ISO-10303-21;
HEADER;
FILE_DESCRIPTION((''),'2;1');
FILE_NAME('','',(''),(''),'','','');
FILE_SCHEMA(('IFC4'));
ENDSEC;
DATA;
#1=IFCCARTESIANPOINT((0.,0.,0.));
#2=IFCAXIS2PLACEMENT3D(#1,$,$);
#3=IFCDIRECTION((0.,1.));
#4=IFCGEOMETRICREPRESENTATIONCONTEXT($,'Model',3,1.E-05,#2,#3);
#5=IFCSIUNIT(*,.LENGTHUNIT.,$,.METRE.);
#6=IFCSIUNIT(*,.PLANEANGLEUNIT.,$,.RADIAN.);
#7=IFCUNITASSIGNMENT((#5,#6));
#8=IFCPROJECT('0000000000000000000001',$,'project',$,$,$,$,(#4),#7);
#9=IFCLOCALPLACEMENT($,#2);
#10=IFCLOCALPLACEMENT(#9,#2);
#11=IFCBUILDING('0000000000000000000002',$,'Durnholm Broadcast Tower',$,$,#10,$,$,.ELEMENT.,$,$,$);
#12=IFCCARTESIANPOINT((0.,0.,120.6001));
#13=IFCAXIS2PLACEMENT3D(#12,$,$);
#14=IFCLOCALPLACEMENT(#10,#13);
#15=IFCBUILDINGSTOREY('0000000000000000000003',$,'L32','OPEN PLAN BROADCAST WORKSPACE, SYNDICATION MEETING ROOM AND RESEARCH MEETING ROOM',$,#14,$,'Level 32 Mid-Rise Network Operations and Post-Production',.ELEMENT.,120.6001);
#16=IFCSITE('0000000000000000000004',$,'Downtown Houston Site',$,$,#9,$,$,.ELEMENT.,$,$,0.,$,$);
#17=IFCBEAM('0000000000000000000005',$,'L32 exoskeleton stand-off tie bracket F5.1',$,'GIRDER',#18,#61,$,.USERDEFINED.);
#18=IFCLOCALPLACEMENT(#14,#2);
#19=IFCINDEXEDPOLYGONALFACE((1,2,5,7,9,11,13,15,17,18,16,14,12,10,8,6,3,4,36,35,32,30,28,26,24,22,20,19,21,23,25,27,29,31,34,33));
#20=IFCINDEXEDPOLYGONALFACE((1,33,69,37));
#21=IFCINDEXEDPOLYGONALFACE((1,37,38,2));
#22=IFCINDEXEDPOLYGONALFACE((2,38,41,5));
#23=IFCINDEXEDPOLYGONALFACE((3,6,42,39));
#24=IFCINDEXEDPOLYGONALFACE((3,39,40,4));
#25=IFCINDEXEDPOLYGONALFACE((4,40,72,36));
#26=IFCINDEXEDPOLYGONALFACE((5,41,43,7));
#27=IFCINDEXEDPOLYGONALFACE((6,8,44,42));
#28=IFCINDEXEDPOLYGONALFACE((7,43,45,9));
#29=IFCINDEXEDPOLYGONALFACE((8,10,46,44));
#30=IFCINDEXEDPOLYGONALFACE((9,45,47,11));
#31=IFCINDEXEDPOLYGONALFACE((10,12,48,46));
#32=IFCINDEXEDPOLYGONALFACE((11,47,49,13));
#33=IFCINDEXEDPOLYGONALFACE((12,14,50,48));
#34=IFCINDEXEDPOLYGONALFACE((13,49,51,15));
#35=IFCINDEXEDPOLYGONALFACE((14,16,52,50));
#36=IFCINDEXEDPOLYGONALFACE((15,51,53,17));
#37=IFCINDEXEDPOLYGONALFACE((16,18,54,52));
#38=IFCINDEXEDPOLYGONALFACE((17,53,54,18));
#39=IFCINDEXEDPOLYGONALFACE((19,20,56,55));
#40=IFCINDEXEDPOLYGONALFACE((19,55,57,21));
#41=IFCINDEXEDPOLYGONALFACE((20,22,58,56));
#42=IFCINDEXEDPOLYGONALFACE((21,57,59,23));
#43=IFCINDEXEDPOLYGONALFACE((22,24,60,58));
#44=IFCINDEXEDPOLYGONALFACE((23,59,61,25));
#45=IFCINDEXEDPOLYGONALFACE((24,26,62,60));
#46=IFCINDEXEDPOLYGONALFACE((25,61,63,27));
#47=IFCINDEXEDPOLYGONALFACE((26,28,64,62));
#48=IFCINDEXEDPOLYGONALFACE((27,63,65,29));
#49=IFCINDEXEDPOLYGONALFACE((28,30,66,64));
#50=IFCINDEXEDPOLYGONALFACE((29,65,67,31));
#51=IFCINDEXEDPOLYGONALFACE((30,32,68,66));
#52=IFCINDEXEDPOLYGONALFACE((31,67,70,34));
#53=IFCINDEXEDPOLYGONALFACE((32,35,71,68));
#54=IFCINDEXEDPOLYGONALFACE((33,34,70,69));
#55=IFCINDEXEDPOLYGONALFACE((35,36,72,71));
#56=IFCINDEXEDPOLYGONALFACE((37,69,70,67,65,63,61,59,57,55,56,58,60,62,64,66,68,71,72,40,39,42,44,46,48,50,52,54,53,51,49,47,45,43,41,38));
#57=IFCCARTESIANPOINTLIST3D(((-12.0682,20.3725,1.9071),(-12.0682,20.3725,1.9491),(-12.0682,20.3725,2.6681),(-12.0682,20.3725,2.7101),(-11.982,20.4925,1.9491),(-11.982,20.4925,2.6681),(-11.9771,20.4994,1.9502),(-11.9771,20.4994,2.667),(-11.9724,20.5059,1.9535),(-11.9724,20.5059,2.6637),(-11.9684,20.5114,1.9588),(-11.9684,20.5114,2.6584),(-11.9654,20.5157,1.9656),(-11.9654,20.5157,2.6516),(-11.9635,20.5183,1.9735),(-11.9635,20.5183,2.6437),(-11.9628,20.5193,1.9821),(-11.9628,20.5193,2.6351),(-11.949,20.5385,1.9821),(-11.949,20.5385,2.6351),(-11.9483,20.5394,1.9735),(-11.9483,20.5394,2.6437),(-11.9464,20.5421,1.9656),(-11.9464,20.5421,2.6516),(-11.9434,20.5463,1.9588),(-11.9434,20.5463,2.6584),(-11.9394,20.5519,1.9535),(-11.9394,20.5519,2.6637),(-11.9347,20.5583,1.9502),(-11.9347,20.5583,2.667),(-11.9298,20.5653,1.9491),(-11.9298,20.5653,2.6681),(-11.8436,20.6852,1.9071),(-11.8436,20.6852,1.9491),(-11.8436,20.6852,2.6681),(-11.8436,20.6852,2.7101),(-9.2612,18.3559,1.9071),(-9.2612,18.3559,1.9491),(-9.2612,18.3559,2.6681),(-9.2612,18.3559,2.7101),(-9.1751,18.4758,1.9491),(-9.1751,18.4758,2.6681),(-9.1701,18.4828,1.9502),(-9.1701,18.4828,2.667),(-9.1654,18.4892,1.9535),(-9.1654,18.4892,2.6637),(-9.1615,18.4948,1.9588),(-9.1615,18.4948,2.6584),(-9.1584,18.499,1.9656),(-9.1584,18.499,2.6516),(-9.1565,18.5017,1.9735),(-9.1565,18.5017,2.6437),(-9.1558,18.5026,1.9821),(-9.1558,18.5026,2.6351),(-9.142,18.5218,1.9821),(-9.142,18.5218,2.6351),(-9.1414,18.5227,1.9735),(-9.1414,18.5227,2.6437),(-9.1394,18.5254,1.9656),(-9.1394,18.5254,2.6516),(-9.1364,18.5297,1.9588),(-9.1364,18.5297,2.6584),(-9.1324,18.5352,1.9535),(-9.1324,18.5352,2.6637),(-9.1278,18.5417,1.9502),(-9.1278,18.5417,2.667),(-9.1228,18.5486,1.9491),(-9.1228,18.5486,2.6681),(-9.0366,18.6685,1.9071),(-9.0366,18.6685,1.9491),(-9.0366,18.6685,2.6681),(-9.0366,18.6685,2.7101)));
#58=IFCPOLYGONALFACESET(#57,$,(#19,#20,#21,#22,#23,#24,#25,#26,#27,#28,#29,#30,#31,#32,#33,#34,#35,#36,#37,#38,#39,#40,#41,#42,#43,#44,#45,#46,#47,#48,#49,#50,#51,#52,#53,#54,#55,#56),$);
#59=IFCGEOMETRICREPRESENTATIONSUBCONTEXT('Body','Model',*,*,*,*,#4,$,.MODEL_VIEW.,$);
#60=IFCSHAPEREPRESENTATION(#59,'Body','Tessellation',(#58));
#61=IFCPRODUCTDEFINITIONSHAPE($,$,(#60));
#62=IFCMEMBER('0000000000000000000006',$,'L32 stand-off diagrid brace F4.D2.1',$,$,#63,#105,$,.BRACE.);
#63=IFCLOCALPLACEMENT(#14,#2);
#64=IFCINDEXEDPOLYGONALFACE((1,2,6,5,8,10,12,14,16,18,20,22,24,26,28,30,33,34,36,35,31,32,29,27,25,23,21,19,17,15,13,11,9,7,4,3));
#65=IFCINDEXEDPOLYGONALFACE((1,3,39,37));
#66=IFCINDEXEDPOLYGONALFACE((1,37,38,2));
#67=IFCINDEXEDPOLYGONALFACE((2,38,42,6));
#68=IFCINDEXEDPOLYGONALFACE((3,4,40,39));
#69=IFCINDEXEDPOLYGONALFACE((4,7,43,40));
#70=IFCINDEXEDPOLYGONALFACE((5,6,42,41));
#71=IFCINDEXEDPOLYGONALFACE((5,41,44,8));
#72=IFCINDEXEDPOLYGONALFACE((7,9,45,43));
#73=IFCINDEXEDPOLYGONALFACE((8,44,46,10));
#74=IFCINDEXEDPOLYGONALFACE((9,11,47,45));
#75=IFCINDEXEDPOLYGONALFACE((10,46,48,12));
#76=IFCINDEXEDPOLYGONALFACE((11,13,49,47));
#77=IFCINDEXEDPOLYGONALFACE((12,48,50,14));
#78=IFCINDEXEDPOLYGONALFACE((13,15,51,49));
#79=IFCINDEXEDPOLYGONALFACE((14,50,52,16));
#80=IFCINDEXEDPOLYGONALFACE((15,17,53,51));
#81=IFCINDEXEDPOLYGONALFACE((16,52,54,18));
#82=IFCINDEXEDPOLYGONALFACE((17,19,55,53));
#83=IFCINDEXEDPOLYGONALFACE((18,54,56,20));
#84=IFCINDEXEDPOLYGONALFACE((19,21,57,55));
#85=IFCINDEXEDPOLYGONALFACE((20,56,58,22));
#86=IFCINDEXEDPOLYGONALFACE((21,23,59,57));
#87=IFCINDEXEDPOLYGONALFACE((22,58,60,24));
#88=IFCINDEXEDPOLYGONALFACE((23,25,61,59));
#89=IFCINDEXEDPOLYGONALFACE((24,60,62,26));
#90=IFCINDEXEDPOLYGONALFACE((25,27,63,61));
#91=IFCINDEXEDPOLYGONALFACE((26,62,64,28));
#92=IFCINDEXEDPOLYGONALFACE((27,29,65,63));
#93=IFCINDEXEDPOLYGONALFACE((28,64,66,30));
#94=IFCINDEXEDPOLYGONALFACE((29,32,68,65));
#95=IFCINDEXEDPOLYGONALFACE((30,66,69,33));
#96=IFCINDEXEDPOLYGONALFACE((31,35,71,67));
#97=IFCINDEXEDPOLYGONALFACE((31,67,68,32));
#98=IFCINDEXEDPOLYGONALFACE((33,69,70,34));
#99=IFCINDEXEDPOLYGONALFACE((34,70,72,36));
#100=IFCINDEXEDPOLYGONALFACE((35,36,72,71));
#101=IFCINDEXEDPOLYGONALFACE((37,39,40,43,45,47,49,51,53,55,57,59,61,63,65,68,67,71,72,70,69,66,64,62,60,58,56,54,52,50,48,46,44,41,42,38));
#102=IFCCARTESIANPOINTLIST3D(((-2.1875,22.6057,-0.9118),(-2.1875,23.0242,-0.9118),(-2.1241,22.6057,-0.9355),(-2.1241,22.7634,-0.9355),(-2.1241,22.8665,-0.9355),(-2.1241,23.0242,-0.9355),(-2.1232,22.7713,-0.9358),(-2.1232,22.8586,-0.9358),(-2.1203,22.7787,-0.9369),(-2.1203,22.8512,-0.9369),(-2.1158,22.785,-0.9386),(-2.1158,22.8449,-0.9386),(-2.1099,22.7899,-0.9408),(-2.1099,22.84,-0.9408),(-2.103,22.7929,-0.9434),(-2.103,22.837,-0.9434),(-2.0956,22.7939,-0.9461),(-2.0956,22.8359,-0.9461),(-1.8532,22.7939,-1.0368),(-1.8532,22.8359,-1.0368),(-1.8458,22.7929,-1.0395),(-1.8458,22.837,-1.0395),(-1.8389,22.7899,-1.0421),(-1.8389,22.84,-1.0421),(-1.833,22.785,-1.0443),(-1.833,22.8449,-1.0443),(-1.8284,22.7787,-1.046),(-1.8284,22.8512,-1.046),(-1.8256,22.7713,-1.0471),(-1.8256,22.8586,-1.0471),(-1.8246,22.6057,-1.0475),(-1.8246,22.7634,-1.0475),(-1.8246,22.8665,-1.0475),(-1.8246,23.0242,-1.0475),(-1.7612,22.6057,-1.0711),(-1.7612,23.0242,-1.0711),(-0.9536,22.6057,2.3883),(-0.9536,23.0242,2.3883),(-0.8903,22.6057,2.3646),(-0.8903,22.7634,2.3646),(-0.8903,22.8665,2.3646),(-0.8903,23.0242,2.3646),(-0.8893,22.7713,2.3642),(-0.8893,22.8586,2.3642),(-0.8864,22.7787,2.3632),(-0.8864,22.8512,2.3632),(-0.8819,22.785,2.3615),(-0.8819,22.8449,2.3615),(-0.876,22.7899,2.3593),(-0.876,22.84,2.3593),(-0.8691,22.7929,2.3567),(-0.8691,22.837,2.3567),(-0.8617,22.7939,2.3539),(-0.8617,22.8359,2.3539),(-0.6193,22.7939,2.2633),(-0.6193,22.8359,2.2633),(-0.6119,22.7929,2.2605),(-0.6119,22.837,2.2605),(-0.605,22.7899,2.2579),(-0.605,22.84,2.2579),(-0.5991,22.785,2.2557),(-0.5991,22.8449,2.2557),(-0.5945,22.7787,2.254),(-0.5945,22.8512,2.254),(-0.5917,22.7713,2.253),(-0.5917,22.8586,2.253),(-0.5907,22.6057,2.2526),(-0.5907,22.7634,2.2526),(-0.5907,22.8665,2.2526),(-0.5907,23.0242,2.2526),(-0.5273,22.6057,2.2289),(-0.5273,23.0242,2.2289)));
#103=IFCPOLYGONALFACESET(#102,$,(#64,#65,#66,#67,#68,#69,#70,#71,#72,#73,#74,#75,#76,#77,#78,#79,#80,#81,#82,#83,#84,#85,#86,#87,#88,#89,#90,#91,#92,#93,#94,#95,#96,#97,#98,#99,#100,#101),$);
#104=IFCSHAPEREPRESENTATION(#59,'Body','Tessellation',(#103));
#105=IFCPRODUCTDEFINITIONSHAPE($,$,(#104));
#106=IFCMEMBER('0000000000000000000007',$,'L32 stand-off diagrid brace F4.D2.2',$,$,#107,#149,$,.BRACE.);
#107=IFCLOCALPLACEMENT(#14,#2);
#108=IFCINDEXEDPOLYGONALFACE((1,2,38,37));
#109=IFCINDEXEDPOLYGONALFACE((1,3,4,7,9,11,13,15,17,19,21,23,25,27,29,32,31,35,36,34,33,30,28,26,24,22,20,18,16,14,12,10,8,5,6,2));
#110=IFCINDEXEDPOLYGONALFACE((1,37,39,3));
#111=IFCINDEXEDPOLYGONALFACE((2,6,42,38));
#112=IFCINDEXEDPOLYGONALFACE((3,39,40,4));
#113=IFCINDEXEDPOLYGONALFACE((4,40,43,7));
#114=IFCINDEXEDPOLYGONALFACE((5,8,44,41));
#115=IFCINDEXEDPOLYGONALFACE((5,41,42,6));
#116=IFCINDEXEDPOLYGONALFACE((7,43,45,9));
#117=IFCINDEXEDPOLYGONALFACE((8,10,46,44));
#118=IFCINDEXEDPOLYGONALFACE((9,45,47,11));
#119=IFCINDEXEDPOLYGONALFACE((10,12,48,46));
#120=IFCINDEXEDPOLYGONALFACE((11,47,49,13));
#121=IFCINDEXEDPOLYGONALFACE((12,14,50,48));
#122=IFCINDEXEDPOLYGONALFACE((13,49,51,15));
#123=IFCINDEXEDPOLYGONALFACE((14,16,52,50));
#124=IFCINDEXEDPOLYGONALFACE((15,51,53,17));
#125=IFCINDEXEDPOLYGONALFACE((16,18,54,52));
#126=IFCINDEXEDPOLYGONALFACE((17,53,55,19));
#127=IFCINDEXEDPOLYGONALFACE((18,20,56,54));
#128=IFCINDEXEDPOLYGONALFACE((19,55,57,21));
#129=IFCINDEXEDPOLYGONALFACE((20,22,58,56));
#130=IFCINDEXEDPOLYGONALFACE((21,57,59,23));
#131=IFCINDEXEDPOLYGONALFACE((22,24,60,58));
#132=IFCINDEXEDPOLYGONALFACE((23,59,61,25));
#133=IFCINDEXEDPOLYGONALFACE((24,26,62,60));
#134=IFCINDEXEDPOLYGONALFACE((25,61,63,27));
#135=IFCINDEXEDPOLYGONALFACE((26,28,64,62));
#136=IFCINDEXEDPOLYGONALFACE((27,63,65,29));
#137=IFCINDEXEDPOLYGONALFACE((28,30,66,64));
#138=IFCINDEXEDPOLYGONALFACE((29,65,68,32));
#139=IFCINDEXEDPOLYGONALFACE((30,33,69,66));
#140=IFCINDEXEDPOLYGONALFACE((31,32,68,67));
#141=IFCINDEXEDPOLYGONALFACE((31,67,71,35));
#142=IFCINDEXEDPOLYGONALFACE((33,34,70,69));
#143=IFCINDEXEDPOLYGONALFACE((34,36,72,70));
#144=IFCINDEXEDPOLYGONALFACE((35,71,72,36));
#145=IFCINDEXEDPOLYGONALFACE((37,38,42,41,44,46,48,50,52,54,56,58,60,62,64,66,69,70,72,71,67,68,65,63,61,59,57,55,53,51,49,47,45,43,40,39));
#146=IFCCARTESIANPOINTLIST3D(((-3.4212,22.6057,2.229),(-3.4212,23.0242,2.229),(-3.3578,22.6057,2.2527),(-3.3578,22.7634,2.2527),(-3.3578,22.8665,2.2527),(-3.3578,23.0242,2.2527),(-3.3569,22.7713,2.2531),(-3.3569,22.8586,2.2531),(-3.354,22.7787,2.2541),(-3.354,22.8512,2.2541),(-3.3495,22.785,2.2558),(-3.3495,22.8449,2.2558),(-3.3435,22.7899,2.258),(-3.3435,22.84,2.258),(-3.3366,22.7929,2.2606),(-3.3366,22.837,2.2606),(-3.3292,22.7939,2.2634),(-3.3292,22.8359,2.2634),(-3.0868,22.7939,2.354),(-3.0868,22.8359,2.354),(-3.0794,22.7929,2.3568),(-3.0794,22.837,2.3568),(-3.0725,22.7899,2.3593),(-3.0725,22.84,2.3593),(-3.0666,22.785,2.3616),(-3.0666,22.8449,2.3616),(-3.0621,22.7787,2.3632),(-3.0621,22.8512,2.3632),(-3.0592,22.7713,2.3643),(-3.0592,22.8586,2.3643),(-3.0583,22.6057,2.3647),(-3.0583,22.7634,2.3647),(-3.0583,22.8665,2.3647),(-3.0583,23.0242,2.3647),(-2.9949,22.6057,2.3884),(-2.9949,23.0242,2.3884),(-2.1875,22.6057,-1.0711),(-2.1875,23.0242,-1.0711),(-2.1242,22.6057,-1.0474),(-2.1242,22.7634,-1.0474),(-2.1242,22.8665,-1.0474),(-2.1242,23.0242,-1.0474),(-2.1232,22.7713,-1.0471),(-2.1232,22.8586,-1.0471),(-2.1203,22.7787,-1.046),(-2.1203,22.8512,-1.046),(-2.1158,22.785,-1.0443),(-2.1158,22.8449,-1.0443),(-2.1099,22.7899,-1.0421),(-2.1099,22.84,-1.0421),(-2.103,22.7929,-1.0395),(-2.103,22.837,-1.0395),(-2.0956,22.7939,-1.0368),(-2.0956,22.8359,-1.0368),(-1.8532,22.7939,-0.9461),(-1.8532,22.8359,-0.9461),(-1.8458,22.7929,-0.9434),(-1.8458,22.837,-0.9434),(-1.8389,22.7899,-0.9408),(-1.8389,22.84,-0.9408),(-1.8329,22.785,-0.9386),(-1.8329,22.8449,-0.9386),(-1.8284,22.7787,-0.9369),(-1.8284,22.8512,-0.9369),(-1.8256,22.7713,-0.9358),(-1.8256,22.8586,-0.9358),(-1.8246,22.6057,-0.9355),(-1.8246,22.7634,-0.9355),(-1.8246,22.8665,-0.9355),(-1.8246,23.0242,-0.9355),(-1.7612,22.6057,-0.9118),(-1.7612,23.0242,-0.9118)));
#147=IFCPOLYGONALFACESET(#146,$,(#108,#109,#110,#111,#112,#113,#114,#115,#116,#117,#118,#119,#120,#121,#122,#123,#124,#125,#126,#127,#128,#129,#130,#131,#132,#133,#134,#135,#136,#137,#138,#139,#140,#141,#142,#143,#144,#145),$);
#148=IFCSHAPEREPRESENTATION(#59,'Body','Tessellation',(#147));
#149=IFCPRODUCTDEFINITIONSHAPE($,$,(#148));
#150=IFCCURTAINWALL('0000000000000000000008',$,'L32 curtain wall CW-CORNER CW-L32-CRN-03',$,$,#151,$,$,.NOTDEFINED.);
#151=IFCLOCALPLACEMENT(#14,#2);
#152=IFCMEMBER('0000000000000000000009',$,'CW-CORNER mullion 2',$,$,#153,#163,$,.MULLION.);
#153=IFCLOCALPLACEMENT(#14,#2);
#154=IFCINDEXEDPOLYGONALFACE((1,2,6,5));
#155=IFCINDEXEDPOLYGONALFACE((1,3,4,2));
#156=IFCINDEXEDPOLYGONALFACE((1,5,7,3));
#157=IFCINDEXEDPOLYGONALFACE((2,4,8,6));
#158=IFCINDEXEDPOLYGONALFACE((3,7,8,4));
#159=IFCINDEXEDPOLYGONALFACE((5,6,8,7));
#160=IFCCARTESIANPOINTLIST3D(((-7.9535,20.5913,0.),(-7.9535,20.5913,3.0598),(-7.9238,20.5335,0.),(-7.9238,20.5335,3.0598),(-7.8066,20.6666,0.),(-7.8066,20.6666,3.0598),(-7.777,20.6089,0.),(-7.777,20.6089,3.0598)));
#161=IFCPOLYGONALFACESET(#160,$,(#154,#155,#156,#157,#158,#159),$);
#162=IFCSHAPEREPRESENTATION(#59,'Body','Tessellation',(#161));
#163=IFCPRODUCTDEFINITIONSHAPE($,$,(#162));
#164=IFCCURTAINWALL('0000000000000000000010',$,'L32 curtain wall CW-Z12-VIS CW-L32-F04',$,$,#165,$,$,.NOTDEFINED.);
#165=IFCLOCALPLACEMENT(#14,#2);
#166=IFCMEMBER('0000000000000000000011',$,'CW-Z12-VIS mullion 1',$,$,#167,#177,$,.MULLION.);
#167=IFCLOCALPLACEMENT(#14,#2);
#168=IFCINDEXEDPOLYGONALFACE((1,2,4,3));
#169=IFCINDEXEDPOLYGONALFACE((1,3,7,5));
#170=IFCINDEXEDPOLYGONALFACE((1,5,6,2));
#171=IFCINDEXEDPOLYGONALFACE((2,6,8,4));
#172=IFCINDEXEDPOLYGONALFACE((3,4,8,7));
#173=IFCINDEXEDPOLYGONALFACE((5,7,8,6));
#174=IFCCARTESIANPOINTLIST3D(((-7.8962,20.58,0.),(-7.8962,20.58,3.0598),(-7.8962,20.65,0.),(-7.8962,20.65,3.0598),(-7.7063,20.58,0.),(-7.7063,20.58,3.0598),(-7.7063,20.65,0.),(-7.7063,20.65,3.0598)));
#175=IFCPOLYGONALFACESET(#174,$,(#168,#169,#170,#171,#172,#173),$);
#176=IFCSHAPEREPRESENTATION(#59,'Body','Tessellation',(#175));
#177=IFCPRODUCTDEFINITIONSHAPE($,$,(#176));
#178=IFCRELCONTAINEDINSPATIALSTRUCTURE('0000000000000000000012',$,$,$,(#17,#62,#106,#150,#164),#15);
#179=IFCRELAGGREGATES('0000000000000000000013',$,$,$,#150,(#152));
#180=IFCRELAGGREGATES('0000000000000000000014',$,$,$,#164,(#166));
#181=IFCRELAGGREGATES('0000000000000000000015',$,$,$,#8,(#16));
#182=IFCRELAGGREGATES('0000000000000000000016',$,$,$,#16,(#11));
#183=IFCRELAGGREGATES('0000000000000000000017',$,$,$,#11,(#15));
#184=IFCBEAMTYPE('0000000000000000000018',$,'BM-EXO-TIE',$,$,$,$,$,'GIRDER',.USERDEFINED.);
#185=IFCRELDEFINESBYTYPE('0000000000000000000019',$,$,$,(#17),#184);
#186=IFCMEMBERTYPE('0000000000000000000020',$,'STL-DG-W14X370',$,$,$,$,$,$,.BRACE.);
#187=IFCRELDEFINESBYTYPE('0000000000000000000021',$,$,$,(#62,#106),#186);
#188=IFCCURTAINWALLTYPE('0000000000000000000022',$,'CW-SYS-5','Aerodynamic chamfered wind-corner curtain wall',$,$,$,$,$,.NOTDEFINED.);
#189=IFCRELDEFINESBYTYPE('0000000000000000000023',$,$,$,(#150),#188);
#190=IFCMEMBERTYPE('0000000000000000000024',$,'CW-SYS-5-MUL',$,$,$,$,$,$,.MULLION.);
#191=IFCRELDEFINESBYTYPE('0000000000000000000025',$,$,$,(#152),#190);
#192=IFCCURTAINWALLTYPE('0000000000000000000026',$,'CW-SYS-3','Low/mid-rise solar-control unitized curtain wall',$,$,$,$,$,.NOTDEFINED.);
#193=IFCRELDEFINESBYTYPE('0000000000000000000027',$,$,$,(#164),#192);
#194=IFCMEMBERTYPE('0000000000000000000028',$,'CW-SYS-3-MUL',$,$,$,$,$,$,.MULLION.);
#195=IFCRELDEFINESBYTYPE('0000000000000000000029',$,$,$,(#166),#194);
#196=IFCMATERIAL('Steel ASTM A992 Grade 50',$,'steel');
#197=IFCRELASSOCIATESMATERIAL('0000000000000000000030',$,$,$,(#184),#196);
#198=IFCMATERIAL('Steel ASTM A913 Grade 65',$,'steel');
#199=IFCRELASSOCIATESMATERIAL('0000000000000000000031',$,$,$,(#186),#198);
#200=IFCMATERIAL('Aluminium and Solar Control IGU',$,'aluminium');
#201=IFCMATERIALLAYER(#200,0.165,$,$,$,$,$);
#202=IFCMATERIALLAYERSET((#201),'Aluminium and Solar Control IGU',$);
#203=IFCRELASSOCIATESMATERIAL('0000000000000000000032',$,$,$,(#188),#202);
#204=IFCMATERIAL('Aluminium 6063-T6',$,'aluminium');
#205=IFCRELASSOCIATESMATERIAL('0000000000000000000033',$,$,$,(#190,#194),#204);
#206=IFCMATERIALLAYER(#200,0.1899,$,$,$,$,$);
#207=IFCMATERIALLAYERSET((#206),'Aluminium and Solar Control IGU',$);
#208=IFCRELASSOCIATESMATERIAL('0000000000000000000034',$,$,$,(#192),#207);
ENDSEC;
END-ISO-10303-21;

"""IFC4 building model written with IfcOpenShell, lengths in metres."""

from ifc_helpers import new_model, si_unit, direction, frame, origin, origin_2d, place, context, subcontext, project, spatial, rectangle, i_section, extrude, source, transform, mapped, material, layer, layer_set, material_profile, profile_set, type_object, type_shapes, element, aggregate, save


model = new_model("IFC4")

# Units and contexts
model_context = context("Model", 3, precision=1e-05, world=origin(), true_north=direction((0.0, 1.0)))
body_context = subcontext(model_context, "Body", "Model", "MODEL_VIEW")
ifc_project = project(units=[si_unit("LENGTHUNIT", "METRE"), si_unit("PLANEANGLEUNIT", "RADIAN")], contexts=[model_context])

# Site, building, storey
site_placement = place(None, origin())
site = spatial("IfcSite", under=ifc_project, at=site_placement, Name="Downtown Houston Site", CompositionType="ELEMENT", RefElevation=0.0)
building_placement = place(site_placement, origin())
building = spatial("IfcBuilding", under=site, at=building_placement, Name="Durnholm Broadcast Tower", CompositionType="ELEMENT")
storey_placement = place(building_placement, frame((0.0, 0.0, 120.6001)))
storey = spatial("IfcBuildingStorey", under=building, at=storey_placement, Name="L32", Description="OPEN PLAN BROADCAST WORKSPACE, SYNDICATION MEETING ROOM AND RESEARCH MEETING ROOM", LongName="Level 32 Mid-Rise Network Operations and Post-Production", CompositionType="ELEMENT", Elevation=120.6001)

# Beam
ifc_material_1 = material(Name="Steel ASTM A992 Grade 50", Category="steel")
ifc_material_profile_1 = material_profile(ifc_material_1, i_section(OverallWidth=0.385, OverallDepth=0.803, WebThickness=0.0237, FlangeThickness=0.042, FilletRadius=0.033, at=origin_2d()), Name="W30X261")
ifc_profile_set_1 = profile_set([ifc_material_profile_1], Name="Steel ASTM A992 Grade 50")
beam_type_1 = type_object("IfcBeamType", Name="BM-EXO-TIE", ElementType="GIRDER", PredefinedType="USERDEFINED", material=ifc_profile_set_1)
shared_shape_1 = source(origin(), body_context, "Body", "SweptSolid", [
    extrude(i_section(OverallWidth=0.385, OverallDepth=0.803, WebThickness=0.0237, FlangeThickness=0.042, FilletRadius=0.033, at=origin_2d()), origin(), (0.0, 0.0, 1.0), 3.4563),
])
beam_1_placement = place(storey_placement, frame((-9.1489, 18.5122, 2.3086), z_axis=(-0.812131, 0.583474, 0.0), x_axis=(-0.583474, -0.812131, 0.0)))
element("IfcBeam", 1, at=beam_1_placement, inside=storey, type_object=beam_type_1, Name="L32 exoskeleton stand-off tie bracket F5.1", ObjectType="GIRDER", PredefinedType="USERDEFINED", context=body_context, shape_type="MappedRepresentation", body=[
    mapped(shared_shape_1, transform((0.0, 0.0, 0.0), x_axis=(1.0, 0.0, 0.0), y_axis=(0.0, 1.0, 0.0), z_axis=(0.0, 0.0, 1.0), scale=1.0)),
])

# Members
ifc_material_2 = material(Name="Steel ASTM A913 Grade 65", Category="steel")
ifc_material_profile_2 = material_profile(ifc_material_2, i_section(OverallWidth=0.4185, OverallDepth=0.4551, WebThickness=0.042, FlangeThickness=0.0676, FilletRadius=0.0305, at=origin_2d()), Name="W14X370")
ifc_profile_set_2 = profile_set([ifc_material_profile_2], Name="Steel ASTM A913 Grade 65")
member_type_1 = type_object("IfcMemberType", Name="STL-DG-W14X370", PredefinedType="BRACE", material=ifc_profile_set_2)
shared_shape_2 = source(origin(), body_context, "Body", "SweptSolid", [
    extrude(i_section(OverallWidth=0.4185, OverallDepth=0.4551, WebThickness=0.042, FlangeThickness=0.0676, FilletRadius=0.0305, at=origin_2d()), origin(), (0.0, 0.0, 1.0), 3.5232),
])
type_shapes(member_type_1, [shared_shape_2])
for number, where, z_axis, x_axis, name in (
    (2, (-1.9744, 22.8149, -0.9915), (0.35022, 0.0, 0.936668), (0.0, 1.0, 0.0), "L32 stand-off diagrid brace F4.D2.1"),
    (3, (-1.9744, 22.8149, -0.9915), (-0.350159, 0.0, 0.93669), (0.0, -1.0, 0.0), "L32 stand-off diagrid brace F4.D2.2"),
):
    element("IfcMember", number, at=place(storey_placement, frame(where, z_axis=z_axis, x_axis=x_axis)), inside=storey, type_object=member_type_1, Name=name, PredefinedType="BRACE", context=body_context, shape_type="MappedRepresentation", body=[
        mapped(shared_shape_2, transform((0.0, 0.0, 0.0), x_axis=(1.0, 0.0, 0.0), y_axis=(0.0, 1.0, 0.0), z_axis=(0.0, 0.0, 1.0), scale=1.0)),
    ])

# Curtain wall, member
ifc_material_3 = material(Name="Aluminium and Solar Control IGU", Category="aluminium")
ifc_layer_1 = layer(ifc_material_3, 0.165)
ifc_layer_set_1 = layer_set([ifc_layer_1], Name="Aluminium and Solar Control IGU")
curtain_wall_type_1 = type_object("IfcCurtainWallType", Name="CW-SYS-5", Description="Aerodynamic chamfered wind-corner curtain wall", PredefinedType="NOTDEFINED", material=ifc_layer_set_1)
curtain_wall_1_placement = place(storey_placement, origin())
curtain_wall_1 = element("IfcCurtainWall", 4, at=curtain_wall_1_placement, inside=storey, type_object=curtain_wall_type_1, Name="L32 curtain wall CW-CORNER CW-L32-CRN-03", PredefinedType="NOTDEFINED")
ifc_material_4 = material(Name="Aluminium 6063-T6", Category="aluminium")
ifc_material_profile_3 = material_profile(ifc_material_4, rectangle(XDim=0.0649, YDim=0.165, at=origin_2d()), Name="CWM65X165")
ifc_profile_set_3 = profile_set([ifc_material_profile_3], Name="Aluminium 6063-T6")
member_type_2 = type_object("IfcMemberType", Name="CW-SYS-5-MUL", PredefinedType="MULLION", material=ifc_profile_set_3)
shared_shape_3 = source(origin(), body_context, "Body", "SweptSolid", [
    extrude(rectangle(XDim=0.0649, YDim=0.165, at=origin_2d()), origin(), (0.0, 0.0, 1.0), 3.0598),
])
type_shapes(member_type_2, [shared_shape_3])
member_1_placement = place(storey_placement, frame((-7.8652, 20.6001, 0.0), z_axis=(0.0, 0.0, 1.0), x_axis=(-0.456373, 0.889788, 0.0)))
member_1 = element("IfcMember", 5, at=member_1_placement, type_object=member_type_2, Name="CW-CORNER mullion 2", PredefinedType="MULLION", context=body_context, shape_type="MappedRepresentation", body=[
    mapped(shared_shape_3, transform((0.0, 0.0, 0.0), x_axis=(1.0, 0.0, 0.0), y_axis=(0.0, 1.0, 0.0), z_axis=(0.0, 0.0, 1.0), scale=1.0)),
])

# Curtain wall, member
ifc_layer_2 = layer(ifc_material_3, 0.1899)
ifc_layer_set_2 = layer_set([ifc_layer_2], Name="Aluminium and Solar Control IGU")
curtain_wall_type_2 = type_object("IfcCurtainWallType", Name="CW-SYS-3", Description="Low/mid-rise solar-control unitized curtain wall", PredefinedType="NOTDEFINED", material=ifc_layer_set_2)
curtain_wall_2_placement = place(storey_placement, origin())
curtain_wall_2 = element("IfcCurtainWall", 6, at=curtain_wall_2_placement, inside=storey, type_object=curtain_wall_type_2, Name="L32 curtain wall CW-Z12-VIS CW-L32-F04", PredefinedType="NOTDEFINED")
ifc_material_profile_4 = material_profile(ifc_material_4, rectangle(XDim=0.0701, YDim=0.1899, at=origin_2d()), Name="CWM70X190")
ifc_profile_set_4 = profile_set([ifc_material_profile_4], Name="Aluminium 6063-T6")
member_type_3 = type_object("IfcMemberType", Name="CW-SYS-3-MUL", PredefinedType="MULLION", material=ifc_profile_set_4)
shared_shape_4 = source(origin(), body_context, "Body", "SweptSolid", [
    extrude(rectangle(XDim=0.0701, YDim=0.1899, at=origin_2d()), origin(), (0.0, 0.0, 1.0), 3.0598),
])
type_shapes(member_type_3, [shared_shape_4])
member_2_placement = place(storey_placement, frame((-7.8013, 20.615, 0.0), z_axis=(0.0, 0.0, 1.0), x_axis=(0.0, 1.0, 0.0)))
member_2 = element("IfcMember", 7, at=member_2_placement, type_object=member_type_3, Name="CW-Z12-VIS mullion 1", PredefinedType="MULLION", context=body_context, shape_type="MappedRepresentation", body=[
    mapped(shared_shape_4, transform((0.0, 0.0, 0.0), x_axis=(1.0, 0.0, 0.0), y_axis=(0.0, 1.0, 0.0), z_axis=(0.0, 0.0, 1.0), scale=1.0)),
])

aggregate(curtain_wall_1, [member_1])
aggregate(curtain_wall_2, [member_2])

save(model, "model.ifc")
